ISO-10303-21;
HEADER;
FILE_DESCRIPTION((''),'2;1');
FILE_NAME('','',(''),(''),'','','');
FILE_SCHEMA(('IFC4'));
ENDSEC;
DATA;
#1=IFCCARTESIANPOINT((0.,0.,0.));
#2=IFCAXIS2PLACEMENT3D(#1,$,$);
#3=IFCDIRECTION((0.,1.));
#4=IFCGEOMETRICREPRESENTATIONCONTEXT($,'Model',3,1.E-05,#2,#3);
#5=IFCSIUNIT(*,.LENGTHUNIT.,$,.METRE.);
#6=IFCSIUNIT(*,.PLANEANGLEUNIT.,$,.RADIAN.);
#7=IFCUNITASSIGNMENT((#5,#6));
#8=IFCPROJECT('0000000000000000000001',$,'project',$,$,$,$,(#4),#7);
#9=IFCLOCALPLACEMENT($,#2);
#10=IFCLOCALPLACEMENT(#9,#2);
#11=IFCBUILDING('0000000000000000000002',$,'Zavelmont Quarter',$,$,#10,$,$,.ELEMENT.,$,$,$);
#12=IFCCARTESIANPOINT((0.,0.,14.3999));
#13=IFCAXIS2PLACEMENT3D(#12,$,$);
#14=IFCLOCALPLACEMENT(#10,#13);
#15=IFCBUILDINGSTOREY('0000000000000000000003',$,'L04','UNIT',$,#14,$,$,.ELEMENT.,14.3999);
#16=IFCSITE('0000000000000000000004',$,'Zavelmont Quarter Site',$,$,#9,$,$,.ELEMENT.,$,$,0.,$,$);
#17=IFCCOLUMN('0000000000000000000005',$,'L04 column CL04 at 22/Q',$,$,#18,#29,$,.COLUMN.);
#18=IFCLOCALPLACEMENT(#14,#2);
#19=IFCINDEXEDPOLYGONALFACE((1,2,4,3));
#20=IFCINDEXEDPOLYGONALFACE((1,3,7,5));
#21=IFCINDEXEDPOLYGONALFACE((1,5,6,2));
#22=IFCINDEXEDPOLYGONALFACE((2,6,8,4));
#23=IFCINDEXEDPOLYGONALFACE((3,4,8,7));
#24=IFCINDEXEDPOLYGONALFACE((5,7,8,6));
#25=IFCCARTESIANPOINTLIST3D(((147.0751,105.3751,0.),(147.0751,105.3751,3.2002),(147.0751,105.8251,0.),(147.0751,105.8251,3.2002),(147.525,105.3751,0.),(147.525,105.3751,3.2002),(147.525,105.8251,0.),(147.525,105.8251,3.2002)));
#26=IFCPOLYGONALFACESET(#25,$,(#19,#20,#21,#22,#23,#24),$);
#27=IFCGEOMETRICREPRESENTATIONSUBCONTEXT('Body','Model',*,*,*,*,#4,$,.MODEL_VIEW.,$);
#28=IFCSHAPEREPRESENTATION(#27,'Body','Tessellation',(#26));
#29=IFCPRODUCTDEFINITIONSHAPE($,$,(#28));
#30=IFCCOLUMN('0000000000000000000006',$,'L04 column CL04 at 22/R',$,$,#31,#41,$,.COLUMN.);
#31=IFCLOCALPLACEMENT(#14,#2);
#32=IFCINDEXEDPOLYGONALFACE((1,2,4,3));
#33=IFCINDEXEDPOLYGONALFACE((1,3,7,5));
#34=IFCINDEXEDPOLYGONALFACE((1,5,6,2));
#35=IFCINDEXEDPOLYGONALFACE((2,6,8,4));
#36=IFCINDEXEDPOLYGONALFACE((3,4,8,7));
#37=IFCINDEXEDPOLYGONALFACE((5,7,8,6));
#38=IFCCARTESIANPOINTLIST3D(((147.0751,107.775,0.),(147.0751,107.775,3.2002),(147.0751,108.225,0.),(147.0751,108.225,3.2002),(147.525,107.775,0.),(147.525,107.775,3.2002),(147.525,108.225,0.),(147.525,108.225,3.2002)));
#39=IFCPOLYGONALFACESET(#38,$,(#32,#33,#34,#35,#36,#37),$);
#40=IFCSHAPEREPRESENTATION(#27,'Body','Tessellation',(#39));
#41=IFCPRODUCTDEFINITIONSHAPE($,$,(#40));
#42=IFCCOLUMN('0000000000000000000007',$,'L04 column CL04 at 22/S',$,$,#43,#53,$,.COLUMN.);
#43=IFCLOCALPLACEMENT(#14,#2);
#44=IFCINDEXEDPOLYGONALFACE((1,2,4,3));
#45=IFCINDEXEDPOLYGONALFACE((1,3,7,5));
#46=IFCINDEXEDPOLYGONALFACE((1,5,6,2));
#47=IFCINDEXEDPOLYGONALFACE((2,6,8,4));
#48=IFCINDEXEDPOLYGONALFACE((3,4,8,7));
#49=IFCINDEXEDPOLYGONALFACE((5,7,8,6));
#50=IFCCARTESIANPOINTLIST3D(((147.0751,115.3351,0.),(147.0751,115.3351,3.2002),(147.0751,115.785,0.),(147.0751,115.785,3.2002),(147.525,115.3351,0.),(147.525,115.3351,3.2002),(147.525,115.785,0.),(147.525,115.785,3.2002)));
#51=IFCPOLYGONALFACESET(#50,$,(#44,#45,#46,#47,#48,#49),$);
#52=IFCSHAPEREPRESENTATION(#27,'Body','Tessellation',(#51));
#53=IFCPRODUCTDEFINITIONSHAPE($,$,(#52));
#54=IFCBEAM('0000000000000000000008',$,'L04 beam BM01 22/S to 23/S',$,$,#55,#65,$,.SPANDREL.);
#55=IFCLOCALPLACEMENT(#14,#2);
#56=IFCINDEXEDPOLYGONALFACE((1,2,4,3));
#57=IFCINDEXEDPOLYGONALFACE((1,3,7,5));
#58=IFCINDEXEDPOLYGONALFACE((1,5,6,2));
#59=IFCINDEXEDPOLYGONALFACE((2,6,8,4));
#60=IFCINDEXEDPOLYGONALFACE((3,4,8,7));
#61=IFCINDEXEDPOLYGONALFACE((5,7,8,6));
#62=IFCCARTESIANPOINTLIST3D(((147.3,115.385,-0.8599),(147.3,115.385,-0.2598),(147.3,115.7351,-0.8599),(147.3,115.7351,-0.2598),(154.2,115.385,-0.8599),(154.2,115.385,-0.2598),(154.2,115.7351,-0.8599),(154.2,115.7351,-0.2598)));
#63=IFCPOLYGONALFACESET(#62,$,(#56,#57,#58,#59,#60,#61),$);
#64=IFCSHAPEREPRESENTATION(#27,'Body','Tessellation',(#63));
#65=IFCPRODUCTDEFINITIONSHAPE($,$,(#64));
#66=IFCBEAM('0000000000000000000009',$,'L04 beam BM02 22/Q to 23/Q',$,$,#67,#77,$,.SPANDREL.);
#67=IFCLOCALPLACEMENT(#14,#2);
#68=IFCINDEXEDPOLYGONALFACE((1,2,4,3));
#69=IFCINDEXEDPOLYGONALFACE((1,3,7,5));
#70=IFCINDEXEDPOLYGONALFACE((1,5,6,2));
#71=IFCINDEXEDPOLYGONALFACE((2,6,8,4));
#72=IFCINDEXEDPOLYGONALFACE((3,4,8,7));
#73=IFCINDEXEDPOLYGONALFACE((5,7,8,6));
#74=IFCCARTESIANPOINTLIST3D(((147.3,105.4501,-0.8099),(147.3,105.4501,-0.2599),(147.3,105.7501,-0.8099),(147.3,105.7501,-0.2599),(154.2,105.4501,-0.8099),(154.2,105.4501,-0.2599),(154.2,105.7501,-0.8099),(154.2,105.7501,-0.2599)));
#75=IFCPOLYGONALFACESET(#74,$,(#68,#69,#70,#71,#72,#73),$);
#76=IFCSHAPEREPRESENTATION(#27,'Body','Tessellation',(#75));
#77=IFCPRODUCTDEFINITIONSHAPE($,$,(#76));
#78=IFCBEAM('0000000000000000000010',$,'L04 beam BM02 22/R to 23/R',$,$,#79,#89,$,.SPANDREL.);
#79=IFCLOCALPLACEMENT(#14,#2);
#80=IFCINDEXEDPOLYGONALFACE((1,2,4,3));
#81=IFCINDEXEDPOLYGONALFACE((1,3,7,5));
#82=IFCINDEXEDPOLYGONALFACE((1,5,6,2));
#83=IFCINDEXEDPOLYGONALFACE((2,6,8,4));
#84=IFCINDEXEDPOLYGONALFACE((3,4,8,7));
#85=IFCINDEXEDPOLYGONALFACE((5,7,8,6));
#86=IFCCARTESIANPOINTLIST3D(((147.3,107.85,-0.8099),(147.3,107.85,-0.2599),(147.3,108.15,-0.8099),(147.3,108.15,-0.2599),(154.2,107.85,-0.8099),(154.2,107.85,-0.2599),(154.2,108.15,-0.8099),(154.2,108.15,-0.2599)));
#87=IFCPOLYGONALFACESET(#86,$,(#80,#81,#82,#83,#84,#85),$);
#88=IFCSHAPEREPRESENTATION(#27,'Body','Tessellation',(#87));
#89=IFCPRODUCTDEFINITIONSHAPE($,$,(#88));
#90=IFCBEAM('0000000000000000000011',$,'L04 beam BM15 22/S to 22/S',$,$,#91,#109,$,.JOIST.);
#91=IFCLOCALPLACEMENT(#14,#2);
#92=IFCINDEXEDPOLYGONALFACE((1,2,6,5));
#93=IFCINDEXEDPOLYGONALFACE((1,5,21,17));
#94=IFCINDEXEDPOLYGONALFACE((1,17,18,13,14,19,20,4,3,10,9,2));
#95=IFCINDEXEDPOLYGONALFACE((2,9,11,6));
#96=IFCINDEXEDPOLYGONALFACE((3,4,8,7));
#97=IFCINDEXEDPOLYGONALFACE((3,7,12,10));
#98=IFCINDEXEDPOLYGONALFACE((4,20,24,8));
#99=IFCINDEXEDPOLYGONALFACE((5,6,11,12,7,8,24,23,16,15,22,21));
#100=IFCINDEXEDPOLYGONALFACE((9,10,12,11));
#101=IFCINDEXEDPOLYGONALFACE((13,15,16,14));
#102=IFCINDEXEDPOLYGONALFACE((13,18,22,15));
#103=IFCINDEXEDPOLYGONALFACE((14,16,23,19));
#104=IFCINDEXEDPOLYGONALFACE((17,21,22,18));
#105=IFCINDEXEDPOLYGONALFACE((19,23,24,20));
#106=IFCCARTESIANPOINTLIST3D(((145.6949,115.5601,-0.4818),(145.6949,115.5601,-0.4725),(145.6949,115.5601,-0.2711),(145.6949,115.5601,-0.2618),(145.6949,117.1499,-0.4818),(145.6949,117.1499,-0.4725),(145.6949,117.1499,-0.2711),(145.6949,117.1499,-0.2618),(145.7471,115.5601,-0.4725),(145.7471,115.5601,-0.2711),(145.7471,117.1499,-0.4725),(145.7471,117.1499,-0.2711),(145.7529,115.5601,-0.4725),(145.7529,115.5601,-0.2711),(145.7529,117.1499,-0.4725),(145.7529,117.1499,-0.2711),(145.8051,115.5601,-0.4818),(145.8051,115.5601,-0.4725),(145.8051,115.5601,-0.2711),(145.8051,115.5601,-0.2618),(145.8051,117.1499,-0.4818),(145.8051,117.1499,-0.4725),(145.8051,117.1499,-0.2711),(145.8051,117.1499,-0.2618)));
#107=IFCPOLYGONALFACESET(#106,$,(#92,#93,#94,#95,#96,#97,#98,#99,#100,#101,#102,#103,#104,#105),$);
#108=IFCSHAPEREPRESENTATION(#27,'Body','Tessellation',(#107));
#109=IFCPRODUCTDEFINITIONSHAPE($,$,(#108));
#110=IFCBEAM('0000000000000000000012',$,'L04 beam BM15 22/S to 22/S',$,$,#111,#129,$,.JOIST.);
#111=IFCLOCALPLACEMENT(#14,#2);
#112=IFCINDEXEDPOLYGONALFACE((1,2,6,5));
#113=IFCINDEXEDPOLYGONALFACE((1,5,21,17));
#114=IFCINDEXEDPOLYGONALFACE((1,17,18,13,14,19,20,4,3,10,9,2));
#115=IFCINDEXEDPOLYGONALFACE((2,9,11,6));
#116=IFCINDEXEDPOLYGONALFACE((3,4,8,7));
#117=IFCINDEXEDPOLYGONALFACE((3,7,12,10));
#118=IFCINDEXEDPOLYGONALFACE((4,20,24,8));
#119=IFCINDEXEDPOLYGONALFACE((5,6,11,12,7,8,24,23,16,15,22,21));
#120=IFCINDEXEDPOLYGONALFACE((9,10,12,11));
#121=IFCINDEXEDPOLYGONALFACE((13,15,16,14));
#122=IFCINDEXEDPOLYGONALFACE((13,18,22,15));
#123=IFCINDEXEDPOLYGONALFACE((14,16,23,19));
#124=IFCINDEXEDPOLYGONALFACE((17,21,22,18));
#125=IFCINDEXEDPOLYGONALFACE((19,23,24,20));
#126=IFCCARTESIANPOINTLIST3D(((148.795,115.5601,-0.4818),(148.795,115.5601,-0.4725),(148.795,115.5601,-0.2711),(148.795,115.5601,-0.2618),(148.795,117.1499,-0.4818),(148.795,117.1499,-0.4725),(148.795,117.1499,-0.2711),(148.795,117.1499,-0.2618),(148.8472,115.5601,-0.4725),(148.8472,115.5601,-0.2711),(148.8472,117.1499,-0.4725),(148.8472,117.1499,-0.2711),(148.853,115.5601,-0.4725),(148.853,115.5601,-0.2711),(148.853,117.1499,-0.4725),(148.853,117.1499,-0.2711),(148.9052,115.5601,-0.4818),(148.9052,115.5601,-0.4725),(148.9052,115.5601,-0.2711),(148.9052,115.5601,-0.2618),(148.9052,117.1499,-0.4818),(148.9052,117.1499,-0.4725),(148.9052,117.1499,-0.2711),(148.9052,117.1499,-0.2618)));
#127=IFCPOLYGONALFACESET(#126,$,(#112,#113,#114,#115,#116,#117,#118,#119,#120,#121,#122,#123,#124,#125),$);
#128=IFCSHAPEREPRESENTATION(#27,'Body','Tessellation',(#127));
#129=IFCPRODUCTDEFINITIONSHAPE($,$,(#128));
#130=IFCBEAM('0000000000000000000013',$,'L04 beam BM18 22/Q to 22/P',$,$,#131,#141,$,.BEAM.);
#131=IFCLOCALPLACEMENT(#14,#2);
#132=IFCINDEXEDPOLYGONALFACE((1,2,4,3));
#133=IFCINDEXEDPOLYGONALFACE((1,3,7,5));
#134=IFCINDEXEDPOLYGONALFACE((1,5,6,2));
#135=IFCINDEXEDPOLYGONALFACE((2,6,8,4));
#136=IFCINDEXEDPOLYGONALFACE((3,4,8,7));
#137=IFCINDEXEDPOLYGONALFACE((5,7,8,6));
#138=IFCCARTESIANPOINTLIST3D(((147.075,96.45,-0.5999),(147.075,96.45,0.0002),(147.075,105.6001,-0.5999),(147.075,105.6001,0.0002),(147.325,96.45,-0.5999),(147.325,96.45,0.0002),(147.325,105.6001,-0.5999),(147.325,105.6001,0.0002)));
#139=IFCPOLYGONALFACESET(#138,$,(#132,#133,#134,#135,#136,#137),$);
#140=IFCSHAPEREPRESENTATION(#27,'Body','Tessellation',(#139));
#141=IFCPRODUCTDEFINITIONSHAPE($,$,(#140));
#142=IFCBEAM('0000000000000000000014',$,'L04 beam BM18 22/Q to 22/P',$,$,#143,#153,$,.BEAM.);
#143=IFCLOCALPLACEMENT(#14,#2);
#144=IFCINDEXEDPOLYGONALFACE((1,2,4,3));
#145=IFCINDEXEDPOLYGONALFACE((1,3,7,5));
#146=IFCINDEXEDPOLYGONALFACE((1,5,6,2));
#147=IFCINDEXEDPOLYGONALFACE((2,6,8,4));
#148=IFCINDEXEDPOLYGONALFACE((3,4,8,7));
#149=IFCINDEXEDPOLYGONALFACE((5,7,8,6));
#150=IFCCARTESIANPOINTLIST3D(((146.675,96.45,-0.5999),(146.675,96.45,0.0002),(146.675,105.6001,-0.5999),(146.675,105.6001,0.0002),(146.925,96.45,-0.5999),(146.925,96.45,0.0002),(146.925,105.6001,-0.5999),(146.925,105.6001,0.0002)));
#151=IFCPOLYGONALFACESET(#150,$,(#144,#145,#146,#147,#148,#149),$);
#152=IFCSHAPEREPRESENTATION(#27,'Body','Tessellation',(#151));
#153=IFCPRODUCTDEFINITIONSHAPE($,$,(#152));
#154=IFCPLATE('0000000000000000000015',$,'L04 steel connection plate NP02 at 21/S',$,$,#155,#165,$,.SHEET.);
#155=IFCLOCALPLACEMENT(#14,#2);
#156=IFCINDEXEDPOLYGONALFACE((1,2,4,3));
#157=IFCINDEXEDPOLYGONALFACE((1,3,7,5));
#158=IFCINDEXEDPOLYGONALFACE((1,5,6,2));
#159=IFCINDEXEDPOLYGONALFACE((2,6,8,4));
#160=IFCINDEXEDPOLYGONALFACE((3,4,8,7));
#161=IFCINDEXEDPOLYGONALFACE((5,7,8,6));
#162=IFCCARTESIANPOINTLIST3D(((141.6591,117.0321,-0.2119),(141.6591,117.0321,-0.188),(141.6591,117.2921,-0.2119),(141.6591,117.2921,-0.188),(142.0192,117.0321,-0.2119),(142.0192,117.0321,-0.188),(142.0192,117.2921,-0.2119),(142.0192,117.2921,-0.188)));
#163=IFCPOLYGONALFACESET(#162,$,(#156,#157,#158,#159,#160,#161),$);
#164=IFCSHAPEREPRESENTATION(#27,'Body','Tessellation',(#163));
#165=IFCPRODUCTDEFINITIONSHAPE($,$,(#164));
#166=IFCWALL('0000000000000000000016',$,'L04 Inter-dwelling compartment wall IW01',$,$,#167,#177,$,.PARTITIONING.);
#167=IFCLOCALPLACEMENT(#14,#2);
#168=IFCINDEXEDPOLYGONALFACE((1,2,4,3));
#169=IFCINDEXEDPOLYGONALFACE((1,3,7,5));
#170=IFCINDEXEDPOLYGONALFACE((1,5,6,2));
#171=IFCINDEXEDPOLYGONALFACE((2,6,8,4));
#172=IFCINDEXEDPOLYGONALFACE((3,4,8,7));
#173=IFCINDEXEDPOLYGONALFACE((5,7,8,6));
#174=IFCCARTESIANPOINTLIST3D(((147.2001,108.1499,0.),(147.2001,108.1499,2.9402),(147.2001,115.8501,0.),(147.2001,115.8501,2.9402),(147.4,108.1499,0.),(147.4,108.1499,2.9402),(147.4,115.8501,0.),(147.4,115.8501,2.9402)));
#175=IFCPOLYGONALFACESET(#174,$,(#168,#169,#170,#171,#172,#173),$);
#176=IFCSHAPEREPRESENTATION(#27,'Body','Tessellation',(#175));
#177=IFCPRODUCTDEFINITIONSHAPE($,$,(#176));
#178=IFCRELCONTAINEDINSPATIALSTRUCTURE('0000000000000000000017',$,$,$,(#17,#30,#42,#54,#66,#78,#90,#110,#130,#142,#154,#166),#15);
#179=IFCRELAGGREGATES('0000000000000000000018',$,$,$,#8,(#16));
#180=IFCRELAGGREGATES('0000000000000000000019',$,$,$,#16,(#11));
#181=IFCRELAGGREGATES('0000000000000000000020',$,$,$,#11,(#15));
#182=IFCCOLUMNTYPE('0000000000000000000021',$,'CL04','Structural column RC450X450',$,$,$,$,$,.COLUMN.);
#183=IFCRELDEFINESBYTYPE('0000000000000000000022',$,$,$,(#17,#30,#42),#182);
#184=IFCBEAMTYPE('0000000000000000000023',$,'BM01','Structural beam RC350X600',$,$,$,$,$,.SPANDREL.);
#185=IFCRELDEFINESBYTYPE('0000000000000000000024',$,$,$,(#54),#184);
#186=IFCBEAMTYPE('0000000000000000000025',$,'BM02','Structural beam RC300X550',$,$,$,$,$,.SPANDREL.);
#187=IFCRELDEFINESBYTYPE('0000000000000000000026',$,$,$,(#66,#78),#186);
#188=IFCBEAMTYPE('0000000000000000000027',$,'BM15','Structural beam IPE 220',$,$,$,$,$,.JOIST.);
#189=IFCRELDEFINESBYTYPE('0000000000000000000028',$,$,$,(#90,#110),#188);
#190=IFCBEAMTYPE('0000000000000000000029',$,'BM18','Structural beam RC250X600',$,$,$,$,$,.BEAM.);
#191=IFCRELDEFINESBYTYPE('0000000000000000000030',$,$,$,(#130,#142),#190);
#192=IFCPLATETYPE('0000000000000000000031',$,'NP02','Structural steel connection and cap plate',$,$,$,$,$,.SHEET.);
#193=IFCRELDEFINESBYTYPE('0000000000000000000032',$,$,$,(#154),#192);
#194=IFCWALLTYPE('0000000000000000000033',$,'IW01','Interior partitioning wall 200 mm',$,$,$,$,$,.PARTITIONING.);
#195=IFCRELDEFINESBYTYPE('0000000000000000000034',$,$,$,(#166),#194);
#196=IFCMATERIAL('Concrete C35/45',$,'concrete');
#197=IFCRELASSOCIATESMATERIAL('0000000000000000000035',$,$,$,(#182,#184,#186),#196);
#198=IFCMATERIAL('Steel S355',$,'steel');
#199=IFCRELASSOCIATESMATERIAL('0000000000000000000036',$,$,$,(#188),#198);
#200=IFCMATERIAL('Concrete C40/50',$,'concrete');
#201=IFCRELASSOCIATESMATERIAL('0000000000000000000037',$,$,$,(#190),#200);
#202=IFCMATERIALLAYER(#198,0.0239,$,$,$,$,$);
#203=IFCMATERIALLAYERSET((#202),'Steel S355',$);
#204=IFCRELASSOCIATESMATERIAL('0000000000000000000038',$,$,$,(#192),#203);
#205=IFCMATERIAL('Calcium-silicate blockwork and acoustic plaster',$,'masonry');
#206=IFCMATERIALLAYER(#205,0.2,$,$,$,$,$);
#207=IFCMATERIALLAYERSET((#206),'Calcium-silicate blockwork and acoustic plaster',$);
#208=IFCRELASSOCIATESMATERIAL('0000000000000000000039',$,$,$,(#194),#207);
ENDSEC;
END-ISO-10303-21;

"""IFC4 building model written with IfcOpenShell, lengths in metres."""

from ifc_helpers import new_model, si_unit, direction, frame, frame_2d, origin, origin_2d, place, context, subcontext, project, spatial, rectangle, i_section, extrude, material, layer, layer_set, material_profile, profile_set, type_object, element, save


model = new_model("IFC4")

# Units and contexts
model_context = context("Model", 3, precision=1e-05, world=origin(), true_north=direction((0.0, 1.0)))
body_context = subcontext(model_context, "Body", "Model", "MODEL_VIEW")
ifc_project = project(units=[si_unit("LENGTHUNIT", "METRE"), si_unit("PLANEANGLEUNIT", "RADIAN")], contexts=[model_context])

# Site, building, storey
site_placement = place(None, origin())
site = spatial("IfcSite", under=ifc_project, at=site_placement, Name="Zavelmont Quarter Site", CompositionType="ELEMENT", RefElevation=0.0)
building_placement = place(site_placement, origin())
building = spatial("IfcBuilding", under=site, at=building_placement, Name="Zavelmont Quarter", CompositionType="ELEMENT")
storey_placement = place(building_placement, frame((0.0, 0.0, 14.3999)))
storey = spatial("IfcBuildingStorey", under=building, at=storey_placement, Name="L04", Description="UNIT", CompositionType="ELEMENT", Elevation=14.3999)

# Columns
ifc_material_1 = material(Name="Concrete C35/45", Category="concrete")
ifc_material_profile_1 = material_profile(ifc_material_1, rectangle(XDim=0.45, YDim=0.45, at=origin_2d()), Name="RC450X450")
ifc_profile_set_1 = profile_set([ifc_material_profile_1], Name="Concrete C35/45")
column_type = type_object("IfcColumnType", Name="CL04", Description="Structural column RC450X450", PredefinedType="COLUMN", material=ifc_profile_set_1)
for number, where, z_axis, x_axis, name in (
    (1, (147.3, 105.6001, 0.0), (0.0, 0.0, 1.0), (1.0, 0.0, 0.0), "L04 column CL04 at 22/Q"),
    (2, (147.3, 108.0, 0.0), (0.0, 0.0, 1.0), (1.0, 0.0, 0.0), "L04 column CL04 at 22/R"),
    (3, (147.3, 115.5601, 0.0), (0.0, 0.0, 1.0), (1.0, 0.0, 0.0), "L04 column CL04 at 22/S"),
):
    element("IfcColumn", number, at=place(storey_placement, frame(where, z_axis=z_axis, x_axis=x_axis)), inside=storey, type_object=column_type, Name=name, PredefinedType="COLUMN", context=body_context, shape_type="SweptSolid", body=[
        extrude(rectangle(XDim=0.45, YDim=0.45, at=origin_2d()), origin(), (0.0, 0.0, 1.0), 3.2002),
    ])

# Beams
ifc_material_profile_2 = material_profile(ifc_material_1, rectangle(XDim=0.3501, YDim=0.6001, at=origin_2d()), Name="RC350X600")
ifc_profile_set_2 = profile_set([ifc_material_profile_2], Name="Concrete C35/45")
beam_type_1 = type_object("IfcBeamType", Name="BM01", Description="Structural beam RC350X600", PredefinedType="SPANDREL", material=ifc_profile_set_2)
beam_placement = place(storey_placement, frame((147.3, 115.5601, -0.5598), z_axis=(1.0, 0.0, 0.0), x_axis=(0.0, 1.0, 0.0)))
element("IfcBeam", 4, at=beam_placement, inside=storey, type_object=beam_type_1, Name="L04 beam BM01 22/S to 23/S", PredefinedType="SPANDREL", context=body_context, shape_type="SweptSolid", body=[
    extrude(rectangle(XDim=0.3501, YDim=0.6001, at=origin_2d()), origin(), (0.0, 0.0, 1.0), 6.8999),
])
ifc_material_profile_3 = material_profile(ifc_material_1, rectangle(XDim=0.3, YDim=0.55, at=origin_2d()), Name="RC300X550")
ifc_profile_set_3 = profile_set([ifc_material_profile_3], Name="Concrete C35/45")
beam_type_2 = type_object("IfcBeamType", Name="BM02", Description="Structural beam RC300X550", PredefinedType="SPANDREL", material=ifc_profile_set_3)
for number, where, z_axis, x_axis, name in (
    (5, (147.3, 105.6001, -0.5349), (1.0, 0.0, 0.0), (0.0, 1.0, 0.0), "L04 beam BM02 22/Q to 23/Q"),
    (6, (147.3, 108.0, -0.5349), (1.0, 0.0, 0.0), (0.0, 1.0, 0.0), "L04 beam BM02 22/R to 23/R"),
):
    element("IfcBeam", number, at=place(storey_placement, frame(where, z_axis=z_axis, x_axis=x_axis)), inside=storey, type_object=beam_type_2, Name=name, PredefinedType="SPANDREL", context=body_context, shape_type="SweptSolid", body=[
        extrude(rectangle(XDim=0.3, YDim=0.55, at=origin_2d()), origin(), (0.0, 0.0, 1.0), 6.8999),
    ])
ifc_material_2 = material(Name="Steel S355", Category="steel")
ifc_material_profile_4 = material_profile(ifc_material_2, i_section(OverallWidth=0.1101, OverallDepth=0.22, WebThickness=0.0059, FlangeThickness=0.0093, at=origin_2d()), Name="IPE 220")
ifc_profile_set_4 = profile_set([ifc_material_profile_4], Name="Steel S355")
beam_type_3 = type_object("IfcBeamType", Name="BM15", Description="Structural beam IPE 220", PredefinedType="JOIST", material=ifc_profile_set_4)
for number, where, z_axis, x_axis, name in (
    (7, (145.75, 115.5601, -0.3718), (0.0, 1.0, 0.0), (-1.0, 0.0, 0.0), "L04 beam BM15 22/S to 22/S"),
    (8, (148.8501, 115.5601, -0.3718), (0.0, 1.0, 0.0), (-1.0, 0.0, 0.0), "L04 beam BM15 22/S to 22/S"),
):
    element("IfcBeam", number, at=place(storey_placement, frame(where, z_axis=z_axis, x_axis=x_axis)), inside=storey, type_object=beam_type_3, Name=name, PredefinedType="JOIST", context=body_context, shape_type="SweptSolid", body=[
        extrude(i_section(OverallWidth=0.1101, OverallDepth=0.22, WebThickness=0.0059, FlangeThickness=0.0093, at=origin_2d()), origin(), (0.0, 0.0, 1.0), 1.5898),
    ])
ifc_material_3 = material(Name="Concrete C40/50", Category="concrete")
ifc_material_profile_5 = material_profile(ifc_material_3, rectangle(XDim=0.25, YDim=0.6001, at=origin_2d()), Name="RC250X600")
ifc_profile_set_5 = profile_set([ifc_material_profile_5], Name="Concrete C40/50")
beam_type_4 = type_object("IfcBeamType", Name="BM18", Description="Structural beam RC250X600", PredefinedType="BEAM", material=ifc_profile_set_5)
for number, where, z_axis, x_axis, name in (
    (9, (147.2, 105.6001, -0.2998), (0.0, -1.0, 0.0), (1.0, 0.0, 0.0), "L04 beam BM18 22/Q to 22/P"),
    (10, (146.8, 105.6001, -0.2998), (0.0, -1.0, 0.0), (1.0, 0.0, 0.0), "L04 beam BM18 22/Q to 22/P"),
):
    element("IfcBeam", number, at=place(storey_placement, frame(where, z_axis=z_axis, x_axis=x_axis)), inside=storey, type_object=beam_type_4, Name=name, PredefinedType="BEAM", context=body_context, shape_type="SweptSolid", body=[
        extrude(rectangle(XDim=0.25, YDim=0.6001, at=origin_2d()), origin(), (0.0, 0.0, 1.0), 9.1501),
    ])

# Plate
ifc_layer_1 = layer(ifc_material_2, 0.0239)
ifc_layer_set_1 = layer_set([ifc_layer_1], Name="Steel S355")
plate_type = type_object("IfcPlateType", Name="NP02", Description="Structural steel connection and cap plate", PredefinedType="SHEET", material=ifc_layer_set_1)
plate_placement = place(storey_placement, frame((141.8391, 117.1621, -0.2119), z_axis=(0.0, 0.0, 1.0), x_axis=(1.0, 0.0, 0.0)))
element("IfcPlate", 11, at=plate_placement, inside=storey, type_object=plate_type, Name="L04 steel connection plate NP02 at 21/S", PredefinedType="SHEET", context=body_context, shape_type="SweptSolid", body=[
    extrude(rectangle(XDim=0.3601, YDim=0.26, at=origin_2d()), origin(), (0.0, 0.0, 1.0), 0.0239),
])

# Wall
ifc_material_4 = material(Name="Calcium-silicate blockwork and acoustic plaster", Category="masonry")
ifc_layer_2 = layer(ifc_material_4, 0.2)
ifc_layer_set_2 = layer_set([ifc_layer_2], Name="Calcium-silicate blockwork and acoustic plaster")
wall_type_1 = type_object("IfcWallType", Name="IW01", Description="Interior partitioning wall 200 mm", PredefinedType="PARTITIONING", material=ifc_layer_set_2)
wall_1_placement = place(storey_placement, frame((147.3, 108.1499, 0.0), z_axis=(0.0, 0.0, 1.0), x_axis=(0.0, 1.0, 0.0)))
element("IfcWall", 12, at=wall_1_placement, inside=storey, type_object=wall_type_1, Name="L04 Inter-dwelling compartment wall IW01", PredefinedType="PARTITIONING", context=body_context, shape_type="SweptSolid", body=[
    extrude(rectangle(XDim=7.7002, YDim=0.2, at=frame_2d((3.8501, 0.0))), origin(), (0.0, 0.0, 1.0), 2.9402),
])

save(model, "model.ifc")
